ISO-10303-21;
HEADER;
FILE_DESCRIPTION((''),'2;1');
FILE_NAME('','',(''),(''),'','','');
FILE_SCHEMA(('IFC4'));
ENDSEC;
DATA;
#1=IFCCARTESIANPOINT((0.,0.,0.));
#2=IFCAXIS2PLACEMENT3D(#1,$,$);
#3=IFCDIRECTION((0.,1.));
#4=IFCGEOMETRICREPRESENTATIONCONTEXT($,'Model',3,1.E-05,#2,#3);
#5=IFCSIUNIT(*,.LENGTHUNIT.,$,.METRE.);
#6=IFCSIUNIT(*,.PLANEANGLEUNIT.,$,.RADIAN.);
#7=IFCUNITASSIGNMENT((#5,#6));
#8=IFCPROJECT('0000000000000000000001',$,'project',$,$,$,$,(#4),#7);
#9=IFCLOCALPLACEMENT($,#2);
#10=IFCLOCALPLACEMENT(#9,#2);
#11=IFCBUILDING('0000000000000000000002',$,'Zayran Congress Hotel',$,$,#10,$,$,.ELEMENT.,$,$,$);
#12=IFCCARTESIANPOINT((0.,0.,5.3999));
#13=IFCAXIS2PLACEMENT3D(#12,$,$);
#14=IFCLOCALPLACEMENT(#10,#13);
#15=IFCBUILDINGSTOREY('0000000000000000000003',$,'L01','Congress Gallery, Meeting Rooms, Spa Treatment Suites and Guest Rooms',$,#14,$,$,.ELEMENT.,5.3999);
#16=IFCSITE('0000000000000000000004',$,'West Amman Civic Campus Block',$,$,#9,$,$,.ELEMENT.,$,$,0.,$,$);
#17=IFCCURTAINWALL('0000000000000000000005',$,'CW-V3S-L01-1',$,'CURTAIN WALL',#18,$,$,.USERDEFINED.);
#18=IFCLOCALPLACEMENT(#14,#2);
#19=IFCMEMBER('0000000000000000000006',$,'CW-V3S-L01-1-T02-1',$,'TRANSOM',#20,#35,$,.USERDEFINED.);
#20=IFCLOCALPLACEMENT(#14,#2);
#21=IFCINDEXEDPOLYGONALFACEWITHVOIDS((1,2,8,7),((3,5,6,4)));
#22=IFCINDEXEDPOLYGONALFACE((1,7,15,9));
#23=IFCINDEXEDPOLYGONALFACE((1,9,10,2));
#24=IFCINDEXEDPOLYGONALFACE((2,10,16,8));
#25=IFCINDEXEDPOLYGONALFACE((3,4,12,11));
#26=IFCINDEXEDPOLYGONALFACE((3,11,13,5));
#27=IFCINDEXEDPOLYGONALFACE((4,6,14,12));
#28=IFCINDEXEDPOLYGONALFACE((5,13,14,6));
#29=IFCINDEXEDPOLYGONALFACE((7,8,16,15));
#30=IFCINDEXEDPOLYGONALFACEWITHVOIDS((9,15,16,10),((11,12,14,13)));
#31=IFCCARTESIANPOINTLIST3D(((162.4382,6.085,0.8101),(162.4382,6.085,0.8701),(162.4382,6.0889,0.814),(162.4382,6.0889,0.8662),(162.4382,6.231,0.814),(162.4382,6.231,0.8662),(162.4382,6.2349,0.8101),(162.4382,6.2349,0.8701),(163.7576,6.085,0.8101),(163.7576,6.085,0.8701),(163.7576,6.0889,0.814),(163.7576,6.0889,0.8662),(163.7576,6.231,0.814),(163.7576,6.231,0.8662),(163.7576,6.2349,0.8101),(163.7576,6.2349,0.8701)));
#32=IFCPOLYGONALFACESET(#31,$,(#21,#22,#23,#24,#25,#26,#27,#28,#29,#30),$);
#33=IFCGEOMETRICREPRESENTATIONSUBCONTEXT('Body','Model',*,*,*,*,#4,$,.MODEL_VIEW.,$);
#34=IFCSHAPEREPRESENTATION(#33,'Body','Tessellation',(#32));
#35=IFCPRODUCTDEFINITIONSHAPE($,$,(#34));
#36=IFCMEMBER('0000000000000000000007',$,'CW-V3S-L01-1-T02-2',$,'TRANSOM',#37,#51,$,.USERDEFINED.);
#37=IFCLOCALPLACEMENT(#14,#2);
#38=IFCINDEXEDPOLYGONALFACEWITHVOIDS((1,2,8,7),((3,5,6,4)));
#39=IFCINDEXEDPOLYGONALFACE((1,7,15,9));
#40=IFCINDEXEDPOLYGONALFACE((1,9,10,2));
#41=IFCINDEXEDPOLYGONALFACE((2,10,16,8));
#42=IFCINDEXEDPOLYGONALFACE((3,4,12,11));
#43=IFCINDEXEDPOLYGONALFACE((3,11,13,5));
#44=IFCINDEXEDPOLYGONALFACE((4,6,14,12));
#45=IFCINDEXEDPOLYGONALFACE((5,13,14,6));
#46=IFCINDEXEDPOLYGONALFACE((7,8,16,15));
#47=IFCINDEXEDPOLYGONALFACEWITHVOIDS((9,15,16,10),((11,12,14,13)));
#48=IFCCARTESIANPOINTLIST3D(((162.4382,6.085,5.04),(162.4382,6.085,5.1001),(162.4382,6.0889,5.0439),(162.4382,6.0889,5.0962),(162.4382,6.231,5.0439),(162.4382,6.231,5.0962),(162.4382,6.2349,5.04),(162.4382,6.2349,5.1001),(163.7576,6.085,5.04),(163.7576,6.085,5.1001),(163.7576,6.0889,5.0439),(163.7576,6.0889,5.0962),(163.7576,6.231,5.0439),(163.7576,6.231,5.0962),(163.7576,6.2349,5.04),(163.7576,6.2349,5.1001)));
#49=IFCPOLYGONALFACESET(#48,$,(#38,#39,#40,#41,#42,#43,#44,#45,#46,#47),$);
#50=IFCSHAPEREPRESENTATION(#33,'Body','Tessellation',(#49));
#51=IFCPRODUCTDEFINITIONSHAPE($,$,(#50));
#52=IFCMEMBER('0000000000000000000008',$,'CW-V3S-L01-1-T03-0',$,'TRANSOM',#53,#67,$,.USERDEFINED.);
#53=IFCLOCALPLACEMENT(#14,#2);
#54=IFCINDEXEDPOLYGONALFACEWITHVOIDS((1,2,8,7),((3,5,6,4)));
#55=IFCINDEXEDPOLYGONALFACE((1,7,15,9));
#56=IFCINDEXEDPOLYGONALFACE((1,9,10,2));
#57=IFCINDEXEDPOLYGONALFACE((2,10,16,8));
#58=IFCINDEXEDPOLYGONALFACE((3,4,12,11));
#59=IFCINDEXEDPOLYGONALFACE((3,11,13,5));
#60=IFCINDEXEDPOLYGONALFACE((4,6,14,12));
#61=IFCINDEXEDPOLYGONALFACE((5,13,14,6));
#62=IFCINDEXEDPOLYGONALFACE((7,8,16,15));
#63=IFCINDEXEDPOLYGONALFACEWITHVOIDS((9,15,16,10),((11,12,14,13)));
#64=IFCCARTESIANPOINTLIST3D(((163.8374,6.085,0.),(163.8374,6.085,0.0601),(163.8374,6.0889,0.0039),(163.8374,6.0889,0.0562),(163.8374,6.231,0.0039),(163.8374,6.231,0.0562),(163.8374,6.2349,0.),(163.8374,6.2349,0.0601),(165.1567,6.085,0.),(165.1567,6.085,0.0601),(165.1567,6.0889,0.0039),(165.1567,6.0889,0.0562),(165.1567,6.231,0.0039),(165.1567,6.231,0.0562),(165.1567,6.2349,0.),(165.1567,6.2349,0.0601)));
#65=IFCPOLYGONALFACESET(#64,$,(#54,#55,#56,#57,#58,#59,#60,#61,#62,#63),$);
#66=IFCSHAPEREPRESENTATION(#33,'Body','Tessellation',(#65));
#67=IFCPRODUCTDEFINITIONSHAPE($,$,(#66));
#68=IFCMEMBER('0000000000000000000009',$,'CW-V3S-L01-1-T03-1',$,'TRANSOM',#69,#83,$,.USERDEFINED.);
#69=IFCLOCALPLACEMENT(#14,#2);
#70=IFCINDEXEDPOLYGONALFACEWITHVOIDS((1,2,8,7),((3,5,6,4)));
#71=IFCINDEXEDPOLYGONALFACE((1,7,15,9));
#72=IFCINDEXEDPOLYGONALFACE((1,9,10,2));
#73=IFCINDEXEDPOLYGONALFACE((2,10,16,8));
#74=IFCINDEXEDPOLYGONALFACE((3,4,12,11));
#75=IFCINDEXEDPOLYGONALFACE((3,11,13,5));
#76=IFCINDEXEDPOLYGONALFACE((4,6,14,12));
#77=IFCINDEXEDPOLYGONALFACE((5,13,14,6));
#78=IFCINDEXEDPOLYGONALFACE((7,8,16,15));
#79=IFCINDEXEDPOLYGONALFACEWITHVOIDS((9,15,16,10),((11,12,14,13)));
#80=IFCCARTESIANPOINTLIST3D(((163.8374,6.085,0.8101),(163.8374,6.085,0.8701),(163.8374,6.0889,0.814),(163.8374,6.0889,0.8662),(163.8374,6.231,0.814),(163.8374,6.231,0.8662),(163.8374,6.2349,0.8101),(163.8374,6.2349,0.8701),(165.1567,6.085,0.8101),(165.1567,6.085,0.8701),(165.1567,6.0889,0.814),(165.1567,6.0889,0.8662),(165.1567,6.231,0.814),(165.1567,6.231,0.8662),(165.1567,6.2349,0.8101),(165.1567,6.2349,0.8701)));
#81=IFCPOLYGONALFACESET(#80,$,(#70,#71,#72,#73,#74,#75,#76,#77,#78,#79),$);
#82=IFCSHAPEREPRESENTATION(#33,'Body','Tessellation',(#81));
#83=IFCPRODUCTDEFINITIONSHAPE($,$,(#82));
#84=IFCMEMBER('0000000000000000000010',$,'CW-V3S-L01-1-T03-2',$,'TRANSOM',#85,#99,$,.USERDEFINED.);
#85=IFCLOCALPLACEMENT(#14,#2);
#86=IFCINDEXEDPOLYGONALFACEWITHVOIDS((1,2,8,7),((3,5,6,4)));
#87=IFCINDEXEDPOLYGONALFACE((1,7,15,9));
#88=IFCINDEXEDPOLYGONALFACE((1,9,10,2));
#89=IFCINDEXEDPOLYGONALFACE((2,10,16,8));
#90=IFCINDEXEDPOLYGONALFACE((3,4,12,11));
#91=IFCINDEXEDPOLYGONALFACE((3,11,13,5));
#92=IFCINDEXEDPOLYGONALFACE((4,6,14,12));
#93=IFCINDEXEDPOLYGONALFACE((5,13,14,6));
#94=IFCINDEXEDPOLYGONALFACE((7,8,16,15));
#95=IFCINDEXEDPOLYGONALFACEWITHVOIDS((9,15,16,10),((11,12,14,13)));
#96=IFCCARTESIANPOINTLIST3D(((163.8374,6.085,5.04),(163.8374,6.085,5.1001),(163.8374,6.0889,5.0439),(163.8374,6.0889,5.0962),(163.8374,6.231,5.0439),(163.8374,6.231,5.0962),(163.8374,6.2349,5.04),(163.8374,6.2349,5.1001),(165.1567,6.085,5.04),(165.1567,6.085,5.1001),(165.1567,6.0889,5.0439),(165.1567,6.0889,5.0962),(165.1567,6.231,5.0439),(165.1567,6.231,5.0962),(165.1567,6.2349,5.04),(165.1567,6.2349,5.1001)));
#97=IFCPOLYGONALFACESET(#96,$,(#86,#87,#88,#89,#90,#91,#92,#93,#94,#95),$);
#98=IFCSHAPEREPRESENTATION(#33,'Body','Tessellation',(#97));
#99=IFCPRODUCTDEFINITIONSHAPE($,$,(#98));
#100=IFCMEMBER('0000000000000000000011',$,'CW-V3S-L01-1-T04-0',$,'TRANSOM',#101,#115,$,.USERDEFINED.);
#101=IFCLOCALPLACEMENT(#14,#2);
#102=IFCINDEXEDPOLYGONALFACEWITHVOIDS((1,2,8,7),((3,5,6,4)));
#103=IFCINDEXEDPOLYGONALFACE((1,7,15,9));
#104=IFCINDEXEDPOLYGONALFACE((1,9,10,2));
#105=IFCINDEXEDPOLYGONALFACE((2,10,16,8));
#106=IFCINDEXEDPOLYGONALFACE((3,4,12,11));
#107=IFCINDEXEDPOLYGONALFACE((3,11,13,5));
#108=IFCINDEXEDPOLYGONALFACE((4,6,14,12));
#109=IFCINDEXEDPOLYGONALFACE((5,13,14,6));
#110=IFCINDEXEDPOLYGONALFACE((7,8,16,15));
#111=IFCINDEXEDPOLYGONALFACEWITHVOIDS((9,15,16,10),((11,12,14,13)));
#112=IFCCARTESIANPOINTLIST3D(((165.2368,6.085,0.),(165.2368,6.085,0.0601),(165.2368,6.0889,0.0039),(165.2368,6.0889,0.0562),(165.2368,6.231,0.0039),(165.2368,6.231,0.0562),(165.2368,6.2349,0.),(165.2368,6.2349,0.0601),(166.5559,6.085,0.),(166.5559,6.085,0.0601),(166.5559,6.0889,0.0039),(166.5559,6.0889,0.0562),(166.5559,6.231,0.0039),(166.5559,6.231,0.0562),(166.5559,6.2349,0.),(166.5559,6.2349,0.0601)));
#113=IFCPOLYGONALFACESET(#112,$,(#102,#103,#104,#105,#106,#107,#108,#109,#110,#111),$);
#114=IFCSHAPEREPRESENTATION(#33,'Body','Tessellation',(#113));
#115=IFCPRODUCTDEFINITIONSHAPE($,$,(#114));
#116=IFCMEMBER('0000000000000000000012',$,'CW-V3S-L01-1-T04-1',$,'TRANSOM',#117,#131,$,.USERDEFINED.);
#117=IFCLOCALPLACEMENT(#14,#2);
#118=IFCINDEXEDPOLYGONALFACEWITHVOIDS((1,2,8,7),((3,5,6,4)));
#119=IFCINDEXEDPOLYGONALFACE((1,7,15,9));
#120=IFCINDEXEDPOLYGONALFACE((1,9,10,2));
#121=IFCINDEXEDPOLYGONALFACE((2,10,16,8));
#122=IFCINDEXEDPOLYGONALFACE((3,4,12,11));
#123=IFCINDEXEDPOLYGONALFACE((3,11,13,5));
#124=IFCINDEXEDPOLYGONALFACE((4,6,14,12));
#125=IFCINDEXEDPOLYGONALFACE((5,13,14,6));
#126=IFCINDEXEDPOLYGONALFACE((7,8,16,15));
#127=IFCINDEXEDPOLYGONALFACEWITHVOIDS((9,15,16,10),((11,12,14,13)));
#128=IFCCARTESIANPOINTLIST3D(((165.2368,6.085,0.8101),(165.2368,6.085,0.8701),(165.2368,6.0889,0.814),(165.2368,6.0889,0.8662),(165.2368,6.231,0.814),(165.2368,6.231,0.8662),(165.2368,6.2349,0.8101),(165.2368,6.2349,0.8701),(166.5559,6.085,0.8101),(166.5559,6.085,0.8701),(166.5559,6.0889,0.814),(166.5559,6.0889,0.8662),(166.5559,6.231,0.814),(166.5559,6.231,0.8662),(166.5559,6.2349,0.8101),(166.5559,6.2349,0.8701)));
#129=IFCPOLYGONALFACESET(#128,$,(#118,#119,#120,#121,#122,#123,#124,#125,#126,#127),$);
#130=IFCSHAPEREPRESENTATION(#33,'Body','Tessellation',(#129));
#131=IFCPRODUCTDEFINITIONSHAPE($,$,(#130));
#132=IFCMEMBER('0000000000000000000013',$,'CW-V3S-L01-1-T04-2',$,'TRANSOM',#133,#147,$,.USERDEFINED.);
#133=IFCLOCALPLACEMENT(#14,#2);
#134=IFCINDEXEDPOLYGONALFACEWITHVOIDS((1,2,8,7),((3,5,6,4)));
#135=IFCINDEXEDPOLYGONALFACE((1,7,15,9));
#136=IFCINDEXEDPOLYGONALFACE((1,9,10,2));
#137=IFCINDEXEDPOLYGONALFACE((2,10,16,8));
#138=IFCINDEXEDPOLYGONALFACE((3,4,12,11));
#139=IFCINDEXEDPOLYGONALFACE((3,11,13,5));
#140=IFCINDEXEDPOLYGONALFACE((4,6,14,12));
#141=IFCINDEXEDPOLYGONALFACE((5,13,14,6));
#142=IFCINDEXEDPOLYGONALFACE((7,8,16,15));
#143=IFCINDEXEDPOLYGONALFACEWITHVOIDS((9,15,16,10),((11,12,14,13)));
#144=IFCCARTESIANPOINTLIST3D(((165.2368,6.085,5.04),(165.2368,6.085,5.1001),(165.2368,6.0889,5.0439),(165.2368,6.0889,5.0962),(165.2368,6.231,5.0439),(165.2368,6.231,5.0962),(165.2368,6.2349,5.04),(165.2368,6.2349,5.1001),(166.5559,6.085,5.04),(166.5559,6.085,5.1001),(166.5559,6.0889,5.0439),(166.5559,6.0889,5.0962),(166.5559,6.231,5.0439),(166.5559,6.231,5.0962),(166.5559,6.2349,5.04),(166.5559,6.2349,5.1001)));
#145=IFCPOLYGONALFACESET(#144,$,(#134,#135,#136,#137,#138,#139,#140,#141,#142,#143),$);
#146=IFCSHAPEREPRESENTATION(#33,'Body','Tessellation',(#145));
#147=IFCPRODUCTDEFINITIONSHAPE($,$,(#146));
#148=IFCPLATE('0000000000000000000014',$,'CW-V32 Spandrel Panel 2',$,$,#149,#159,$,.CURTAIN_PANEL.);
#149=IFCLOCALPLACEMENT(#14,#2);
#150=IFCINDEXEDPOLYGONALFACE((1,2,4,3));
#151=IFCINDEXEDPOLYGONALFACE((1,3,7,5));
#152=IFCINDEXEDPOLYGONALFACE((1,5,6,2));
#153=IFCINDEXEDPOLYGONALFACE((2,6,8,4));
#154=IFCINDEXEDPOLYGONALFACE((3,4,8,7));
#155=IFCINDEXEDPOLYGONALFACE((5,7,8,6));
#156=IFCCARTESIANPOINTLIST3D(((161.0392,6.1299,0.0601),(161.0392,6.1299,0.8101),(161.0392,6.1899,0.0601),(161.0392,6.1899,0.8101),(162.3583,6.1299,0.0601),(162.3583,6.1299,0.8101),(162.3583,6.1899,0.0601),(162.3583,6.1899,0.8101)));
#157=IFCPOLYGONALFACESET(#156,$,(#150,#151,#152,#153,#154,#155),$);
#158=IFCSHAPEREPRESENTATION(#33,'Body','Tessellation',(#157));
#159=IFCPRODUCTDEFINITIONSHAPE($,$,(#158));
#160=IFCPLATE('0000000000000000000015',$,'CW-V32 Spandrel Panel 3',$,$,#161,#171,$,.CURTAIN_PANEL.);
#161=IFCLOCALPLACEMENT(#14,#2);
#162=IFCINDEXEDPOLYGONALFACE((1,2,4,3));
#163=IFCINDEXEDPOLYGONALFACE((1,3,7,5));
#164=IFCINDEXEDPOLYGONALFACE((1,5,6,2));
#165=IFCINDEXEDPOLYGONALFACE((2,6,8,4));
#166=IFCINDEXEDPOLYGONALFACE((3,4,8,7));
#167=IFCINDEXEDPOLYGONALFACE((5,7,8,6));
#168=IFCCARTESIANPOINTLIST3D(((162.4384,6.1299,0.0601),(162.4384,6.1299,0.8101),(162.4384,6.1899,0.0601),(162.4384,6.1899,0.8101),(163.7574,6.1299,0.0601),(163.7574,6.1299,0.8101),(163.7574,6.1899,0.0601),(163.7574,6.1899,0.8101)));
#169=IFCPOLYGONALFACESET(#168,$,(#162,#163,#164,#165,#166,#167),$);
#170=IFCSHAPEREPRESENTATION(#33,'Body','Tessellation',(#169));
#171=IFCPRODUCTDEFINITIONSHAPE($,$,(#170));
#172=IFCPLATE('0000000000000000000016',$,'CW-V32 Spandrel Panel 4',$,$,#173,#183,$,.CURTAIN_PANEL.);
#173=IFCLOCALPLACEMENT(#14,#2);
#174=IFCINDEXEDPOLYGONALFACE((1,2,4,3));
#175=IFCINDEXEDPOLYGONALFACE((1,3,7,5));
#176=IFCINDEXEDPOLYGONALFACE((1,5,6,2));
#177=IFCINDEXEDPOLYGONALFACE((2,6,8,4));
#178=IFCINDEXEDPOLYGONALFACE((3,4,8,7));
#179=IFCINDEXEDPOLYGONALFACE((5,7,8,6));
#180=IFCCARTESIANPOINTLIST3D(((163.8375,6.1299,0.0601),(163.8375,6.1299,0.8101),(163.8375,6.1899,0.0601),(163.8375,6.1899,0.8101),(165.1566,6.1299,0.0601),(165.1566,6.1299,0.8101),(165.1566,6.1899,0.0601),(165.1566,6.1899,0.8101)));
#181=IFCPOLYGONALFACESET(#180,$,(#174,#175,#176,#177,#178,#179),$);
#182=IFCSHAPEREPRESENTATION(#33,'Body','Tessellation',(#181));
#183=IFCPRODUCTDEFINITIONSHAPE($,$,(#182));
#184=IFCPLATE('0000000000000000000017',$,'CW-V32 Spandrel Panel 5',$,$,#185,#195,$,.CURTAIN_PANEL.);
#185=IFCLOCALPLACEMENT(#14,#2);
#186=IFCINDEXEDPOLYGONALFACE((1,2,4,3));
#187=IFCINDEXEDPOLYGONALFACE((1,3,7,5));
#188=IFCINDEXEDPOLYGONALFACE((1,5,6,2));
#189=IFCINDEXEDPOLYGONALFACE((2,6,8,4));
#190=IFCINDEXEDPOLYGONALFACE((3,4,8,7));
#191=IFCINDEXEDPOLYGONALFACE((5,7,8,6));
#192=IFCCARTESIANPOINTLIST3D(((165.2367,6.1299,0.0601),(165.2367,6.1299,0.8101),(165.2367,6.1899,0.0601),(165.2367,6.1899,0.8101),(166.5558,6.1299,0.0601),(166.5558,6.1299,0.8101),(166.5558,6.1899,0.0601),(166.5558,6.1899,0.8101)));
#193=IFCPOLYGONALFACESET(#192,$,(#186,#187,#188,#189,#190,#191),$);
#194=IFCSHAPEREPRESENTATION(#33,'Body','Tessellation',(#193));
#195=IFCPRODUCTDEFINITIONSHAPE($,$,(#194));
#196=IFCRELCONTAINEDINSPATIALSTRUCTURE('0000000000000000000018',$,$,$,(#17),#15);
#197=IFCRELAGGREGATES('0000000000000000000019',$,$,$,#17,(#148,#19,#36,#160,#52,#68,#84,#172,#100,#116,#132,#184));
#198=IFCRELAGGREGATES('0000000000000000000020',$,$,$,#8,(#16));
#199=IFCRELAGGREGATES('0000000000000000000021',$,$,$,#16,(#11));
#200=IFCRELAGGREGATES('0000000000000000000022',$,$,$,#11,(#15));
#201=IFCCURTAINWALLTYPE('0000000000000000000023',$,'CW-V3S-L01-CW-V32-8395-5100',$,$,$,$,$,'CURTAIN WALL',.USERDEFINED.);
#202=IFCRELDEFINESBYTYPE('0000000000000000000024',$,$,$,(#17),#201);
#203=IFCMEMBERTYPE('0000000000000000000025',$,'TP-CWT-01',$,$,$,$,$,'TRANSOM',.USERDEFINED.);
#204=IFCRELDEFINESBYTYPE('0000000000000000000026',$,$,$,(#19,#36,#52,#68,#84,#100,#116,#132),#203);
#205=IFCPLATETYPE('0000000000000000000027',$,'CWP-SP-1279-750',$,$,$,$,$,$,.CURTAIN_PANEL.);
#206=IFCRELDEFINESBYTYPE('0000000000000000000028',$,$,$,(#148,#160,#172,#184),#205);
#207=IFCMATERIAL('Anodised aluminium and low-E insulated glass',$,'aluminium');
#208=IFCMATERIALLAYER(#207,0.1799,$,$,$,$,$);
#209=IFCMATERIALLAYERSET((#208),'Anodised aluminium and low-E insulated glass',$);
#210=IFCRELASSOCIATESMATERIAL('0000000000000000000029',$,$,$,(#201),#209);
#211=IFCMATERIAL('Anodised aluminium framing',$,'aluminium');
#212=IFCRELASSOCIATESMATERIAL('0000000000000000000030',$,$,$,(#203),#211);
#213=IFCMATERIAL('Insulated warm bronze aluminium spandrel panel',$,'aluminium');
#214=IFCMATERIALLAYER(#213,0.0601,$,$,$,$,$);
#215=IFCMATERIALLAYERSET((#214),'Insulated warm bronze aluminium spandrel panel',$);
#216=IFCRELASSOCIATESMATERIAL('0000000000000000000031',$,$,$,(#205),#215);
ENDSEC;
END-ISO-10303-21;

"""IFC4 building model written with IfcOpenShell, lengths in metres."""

from ifc_helpers import new_model, si_unit, direction, frame, origin, origin_2d, place, context, subcontext, project, spatial, rectangle, hollow_rectangle, extrude, material, layer, layer_set, material_profile, profile_set, type_object, element, aggregate, save


model = new_model("IFC4")

# Units and contexts
model_context = context("Model", 3, precision=1e-05, world=origin(), true_north=direction((0.0, 1.0)))
body_context = subcontext(model_context, "Body", "Model", "MODEL_VIEW")
ifc_project = project(units=[si_unit("LENGTHUNIT", "METRE"), si_unit("PLANEANGLEUNIT", "RADIAN")], contexts=[model_context])

# Site, building, storey
site_placement = place(None, origin())
site = spatial("IfcSite", under=ifc_project, at=site_placement, Name="West Amman Civic Campus Block", CompositionType="ELEMENT", RefElevation=0.0)
building_placement = place(site_placement, origin())
building = spatial("IfcBuilding", under=site, at=building_placement, Name="Zayran Congress Hotel", CompositionType="ELEMENT")
storey_placement = place(building_placement, frame((0.0, 0.0, 5.3999)))
storey = spatial("IfcBuildingStorey", under=building, at=storey_placement, Name="L01", Description="Congress Gallery, Meeting Rooms, Spa Treatment Suites and Guest Rooms", CompositionType="ELEMENT", Elevation=5.3999)

# Curtain wall, members, plates
ifc_material_1 = material(Name="Anodised aluminium and low-E insulated glass", Category="aluminium")
ifc_layer_1 = layer(ifc_material_1, 0.1799)
ifc_layer_set_1 = layer_set([ifc_layer_1], Name="Anodised aluminium and low-E insulated glass")
curtain_wall_type = type_object("IfcCurtainWallType", Name="CW-V3S-L01-CW-V32-8395-5100", ElementType="CURTAIN WALL", PredefinedType="USERDEFINED", material=ifc_layer_set_1)
curtain_wall_placement = place(storey_placement, origin())
curtain_wall = element("IfcCurtainWall", 1, at=curtain_wall_placement, inside=storey, type_object=curtain_wall_type, Name="CW-V3S-L01-1", ObjectType="CURTAIN WALL", PredefinedType="USERDEFINED")
ifc_material_2 = material(Name="Anodised aluminium framing", Category="aluminium")
ifc_material_profile_1 = material_profile(ifc_material_2, hollow_rectangle(XDim=0.0601, YDim=0.1499, WallThickness=0.0039, at=origin_2d()), Name="RHS 150x60x4")
ifc_profile_set_1 = profile_set([ifc_material_profile_1], Name="Anodised aluminium framing")
member_type_1 = type_object("IfcMemberType", Name="TP-CWT-01", ElementType="TRANSOM", PredefinedType="USERDEFINED", material=ifc_profile_set_1)
member_1_placement = place(storey_placement, frame((162.4382, 6.1599, 0.8401), z_axis=(1.0, 0.0, 0.0), x_axis=(0.0, 0.0, 1.0)))
member_1 = element("IfcMember", 2, at=member_1_placement, type_object=member_type_1, Name="CW-V3S-L01-1-T02-1", ObjectType="TRANSOM", PredefinedType="USERDEFINED", context=body_context, shape_type="SweptSolid", body=[
    extrude(hollow_rectangle(XDim=0.0601, YDim=0.1499, WallThickness=0.0039, at=origin_2d()), origin(), (0.0, 0.0, 1.0), 1.3193),
])
member_2_placement = place(storey_placement, frame((162.4382, 6.1599, 5.0701), z_axis=(1.0, 0.0, 0.0), x_axis=(0.0, 0.0, 1.0)))
member_2 = element("IfcMember", 3, at=member_2_placement, type_object=member_type_1, Name="CW-V3S-L01-1-T02-2", ObjectType="TRANSOM", PredefinedType="USERDEFINED", context=body_context, shape_type="SweptSolid", body=[
    extrude(hollow_rectangle(XDim=0.0601, YDim=0.1499, WallThickness=0.0039, at=origin_2d()), origin(), (0.0, 0.0, 1.0), 1.3193),
])
member_3_placement = place(storey_placement, frame((163.8374, 6.1599, 0.03), z_axis=(1.0, 0.0, 0.0), x_axis=(0.0, 0.0, 1.0)))
member_3 = element("IfcMember", 4, at=member_3_placement, type_object=member_type_1, Name="CW-V3S-L01-1-T03-0", ObjectType="TRANSOM", PredefinedType="USERDEFINED", context=body_context, shape_type="SweptSolid", body=[
    extrude(hollow_rectangle(XDim=0.0601, YDim=0.1499, WallThickness=0.0039, at=origin_2d()), origin(), (0.0, 0.0, 1.0), 1.3193),
])
member_4_placement = place(storey_placement, frame((163.8374, 6.1599, 0.8401), z_axis=(1.0, 0.0, 0.0), x_axis=(0.0, 0.0, 1.0)))
member_4 = element("IfcMember", 5, at=member_4_placement, type_object=member_type_1, Name="CW-V3S-L01-1-T03-1", ObjectType="TRANSOM", PredefinedType="USERDEFINED", context=body_context, shape_type="SweptSolid", body=[
    extrude(hollow_rectangle(XDim=0.0601, YDim=0.1499, WallThickness=0.0039, at=origin_2d()), origin(), (0.0, 0.0, 1.0), 1.3193),
])
member_5_placement = place(storey_placement, frame((163.8374, 6.1599, 5.0701), z_axis=(1.0, 0.0, 0.0), x_axis=(0.0, 0.0, 1.0)))
member_5 = element("IfcMember", 6, at=member_5_placement, type_object=member_type_1, Name="CW-V3S-L01-1-T03-2", ObjectType="TRANSOM", PredefinedType="USERDEFINED", context=body_context, shape_type="SweptSolid", body=[
    extrude(hollow_rectangle(XDim=0.0601, YDim=0.1499, WallThickness=0.0039, at=origin_2d()), origin(), (0.0, 0.0, 1.0), 1.3193),
])
member_6_placement = place(storey_placement, frame((165.2368, 6.1599, 0.03), z_axis=(1.0, 0.0, 0.0), x_axis=(0.0, 0.0, 1.0)))
member_6 = element("IfcMember", 7, at=member_6_placement, type_object=member_type_1, Name="CW-V3S-L01-1-T04-0", ObjectType="TRANSOM", PredefinedType="USERDEFINED", context=body_context, shape_type="SweptSolid", body=[
    extrude(hollow_rectangle(XDim=0.0601, YDim=0.1499, WallThickness=0.0039, at=origin_2d()), origin(), (0.0, 0.0, 1.0), 1.3191),
])
member_7_placement = place(storey_placement, frame((165.2368, 6.1599, 0.8401), z_axis=(1.0, 0.0, 0.0), x_axis=(0.0, 0.0, 1.0)))
member_7 = element("IfcMember", 8, at=member_7_placement, type_object=member_type_1, Name="CW-V3S-L01-1-T04-1", ObjectType="TRANSOM", PredefinedType="USERDEFINED", context=body_context, shape_type="SweptSolid", body=[
    extrude(hollow_rectangle(XDim=0.0601, YDim=0.1499, WallThickness=0.0039, at=origin_2d()), origin(), (0.0, 0.0, 1.0), 1.3191),
])
member_8_placement = place(storey_placement, frame((165.2368, 6.1599, 5.0701), z_axis=(1.0, 0.0, 0.0), x_axis=(0.0, 0.0, 1.0)))
member_8 = element("IfcMember", 9, at=member_8_placement, type_object=member_type_1, Name="CW-V3S-L01-1-T04-2", ObjectType="TRANSOM", PredefinedType="USERDEFINED", context=body_context, shape_type="SweptSolid", body=[
    extrude(hollow_rectangle(XDim=0.0601, YDim=0.1499, WallThickness=0.0039, at=origin_2d()), origin(), (0.0, 0.0, 1.0), 1.3191),
])
ifc_material_3 = material(Name="Insulated warm bronze aluminium spandrel panel", Category="aluminium")
ifc_layer_2 = layer(ifc_material_3, 0.0601)
ifc_layer_set_2 = layer_set([ifc_layer_2], Name="Insulated warm bronze aluminium spandrel panel")
plate_type_1 = type_object("IfcPlateType", Name="CWP-SP-1279-750", PredefinedType="CURTAIN_PANEL", material=ifc_layer_set_2)
plate_1_placement = place(storey_placement, frame((161.6987, 6.1599, 0.0601), z_axis=(0.0, 0.0, 1.0), x_axis=(1.0, 0.0, 0.0)))
plate_1 = element("IfcPlate", 10, at=plate_1_placement, type_object=plate_type_1, Name="CW-V32 Spandrel Panel 2", PredefinedType="CURTAIN_PANEL", context=body_context, shape_type="SweptSolid", body=[
    extrude(rectangle(XDim=1.3191, YDim=0.0601, at=origin_2d()), origin(), (0.0, 0.0, 1.0), 0.75),
])
plate_2_placement = place(storey_placement, frame((163.0979, 6.1599, 0.0601), z_axis=(0.0, 0.0, 1.0), x_axis=(1.0, 0.0, 0.0)))
plate_2 = element("IfcPlate", 11, at=plate_2_placement, type_object=plate_type_1, Name="CW-V32 Spandrel Panel 3", PredefinedType="CURTAIN_PANEL", context=body_context, shape_type="SweptSolid", body=[
    extrude(rectangle(XDim=1.3191, YDim=0.0601, at=origin_2d()), origin(), (0.0, 0.0, 1.0), 0.75),
])
plate_3_placement = place(storey_placement, frame((164.4971, 6.1599, 0.0601), z_axis=(0.0, 0.0, 1.0), x_axis=(1.0, 0.0, 0.0)))
plate_3 = element("IfcPlate", 12, at=plate_3_placement, type_object=plate_type_1, Name="CW-V32 Spandrel Panel 4", PredefinedType="CURTAIN_PANEL", context=body_context, shape_type="SweptSolid", body=[
    extrude(rectangle(XDim=1.3191, YDim=0.0601, at=origin_2d()), origin(), (0.0, 0.0, 1.0), 0.75),
])
plate_4_placement = place(storey_placement, frame((165.8962, 6.1599, 0.0601), z_axis=(0.0, 0.0, 1.0), x_axis=(1.0, 0.0, 0.0)))
plate_4 = element("IfcPlate", 13, at=plate_4_placement, type_object=plate_type_1, Name="CW-V32 Spandrel Panel 5", PredefinedType="CURTAIN_PANEL", context=body_context, shape_type="SweptSolid", body=[
    extrude(rectangle(XDim=1.3191, YDim=0.0601, at=origin_2d()), origin(), (0.0, 0.0, 1.0), 0.75),
])
aggregate(curtain_wall, [plate_1, member_1, member_2, plate_2, member_3, member_4, member_5, plate_3, member_6, member_7, member_8, plate_4])

save(model, "model.ifc")
